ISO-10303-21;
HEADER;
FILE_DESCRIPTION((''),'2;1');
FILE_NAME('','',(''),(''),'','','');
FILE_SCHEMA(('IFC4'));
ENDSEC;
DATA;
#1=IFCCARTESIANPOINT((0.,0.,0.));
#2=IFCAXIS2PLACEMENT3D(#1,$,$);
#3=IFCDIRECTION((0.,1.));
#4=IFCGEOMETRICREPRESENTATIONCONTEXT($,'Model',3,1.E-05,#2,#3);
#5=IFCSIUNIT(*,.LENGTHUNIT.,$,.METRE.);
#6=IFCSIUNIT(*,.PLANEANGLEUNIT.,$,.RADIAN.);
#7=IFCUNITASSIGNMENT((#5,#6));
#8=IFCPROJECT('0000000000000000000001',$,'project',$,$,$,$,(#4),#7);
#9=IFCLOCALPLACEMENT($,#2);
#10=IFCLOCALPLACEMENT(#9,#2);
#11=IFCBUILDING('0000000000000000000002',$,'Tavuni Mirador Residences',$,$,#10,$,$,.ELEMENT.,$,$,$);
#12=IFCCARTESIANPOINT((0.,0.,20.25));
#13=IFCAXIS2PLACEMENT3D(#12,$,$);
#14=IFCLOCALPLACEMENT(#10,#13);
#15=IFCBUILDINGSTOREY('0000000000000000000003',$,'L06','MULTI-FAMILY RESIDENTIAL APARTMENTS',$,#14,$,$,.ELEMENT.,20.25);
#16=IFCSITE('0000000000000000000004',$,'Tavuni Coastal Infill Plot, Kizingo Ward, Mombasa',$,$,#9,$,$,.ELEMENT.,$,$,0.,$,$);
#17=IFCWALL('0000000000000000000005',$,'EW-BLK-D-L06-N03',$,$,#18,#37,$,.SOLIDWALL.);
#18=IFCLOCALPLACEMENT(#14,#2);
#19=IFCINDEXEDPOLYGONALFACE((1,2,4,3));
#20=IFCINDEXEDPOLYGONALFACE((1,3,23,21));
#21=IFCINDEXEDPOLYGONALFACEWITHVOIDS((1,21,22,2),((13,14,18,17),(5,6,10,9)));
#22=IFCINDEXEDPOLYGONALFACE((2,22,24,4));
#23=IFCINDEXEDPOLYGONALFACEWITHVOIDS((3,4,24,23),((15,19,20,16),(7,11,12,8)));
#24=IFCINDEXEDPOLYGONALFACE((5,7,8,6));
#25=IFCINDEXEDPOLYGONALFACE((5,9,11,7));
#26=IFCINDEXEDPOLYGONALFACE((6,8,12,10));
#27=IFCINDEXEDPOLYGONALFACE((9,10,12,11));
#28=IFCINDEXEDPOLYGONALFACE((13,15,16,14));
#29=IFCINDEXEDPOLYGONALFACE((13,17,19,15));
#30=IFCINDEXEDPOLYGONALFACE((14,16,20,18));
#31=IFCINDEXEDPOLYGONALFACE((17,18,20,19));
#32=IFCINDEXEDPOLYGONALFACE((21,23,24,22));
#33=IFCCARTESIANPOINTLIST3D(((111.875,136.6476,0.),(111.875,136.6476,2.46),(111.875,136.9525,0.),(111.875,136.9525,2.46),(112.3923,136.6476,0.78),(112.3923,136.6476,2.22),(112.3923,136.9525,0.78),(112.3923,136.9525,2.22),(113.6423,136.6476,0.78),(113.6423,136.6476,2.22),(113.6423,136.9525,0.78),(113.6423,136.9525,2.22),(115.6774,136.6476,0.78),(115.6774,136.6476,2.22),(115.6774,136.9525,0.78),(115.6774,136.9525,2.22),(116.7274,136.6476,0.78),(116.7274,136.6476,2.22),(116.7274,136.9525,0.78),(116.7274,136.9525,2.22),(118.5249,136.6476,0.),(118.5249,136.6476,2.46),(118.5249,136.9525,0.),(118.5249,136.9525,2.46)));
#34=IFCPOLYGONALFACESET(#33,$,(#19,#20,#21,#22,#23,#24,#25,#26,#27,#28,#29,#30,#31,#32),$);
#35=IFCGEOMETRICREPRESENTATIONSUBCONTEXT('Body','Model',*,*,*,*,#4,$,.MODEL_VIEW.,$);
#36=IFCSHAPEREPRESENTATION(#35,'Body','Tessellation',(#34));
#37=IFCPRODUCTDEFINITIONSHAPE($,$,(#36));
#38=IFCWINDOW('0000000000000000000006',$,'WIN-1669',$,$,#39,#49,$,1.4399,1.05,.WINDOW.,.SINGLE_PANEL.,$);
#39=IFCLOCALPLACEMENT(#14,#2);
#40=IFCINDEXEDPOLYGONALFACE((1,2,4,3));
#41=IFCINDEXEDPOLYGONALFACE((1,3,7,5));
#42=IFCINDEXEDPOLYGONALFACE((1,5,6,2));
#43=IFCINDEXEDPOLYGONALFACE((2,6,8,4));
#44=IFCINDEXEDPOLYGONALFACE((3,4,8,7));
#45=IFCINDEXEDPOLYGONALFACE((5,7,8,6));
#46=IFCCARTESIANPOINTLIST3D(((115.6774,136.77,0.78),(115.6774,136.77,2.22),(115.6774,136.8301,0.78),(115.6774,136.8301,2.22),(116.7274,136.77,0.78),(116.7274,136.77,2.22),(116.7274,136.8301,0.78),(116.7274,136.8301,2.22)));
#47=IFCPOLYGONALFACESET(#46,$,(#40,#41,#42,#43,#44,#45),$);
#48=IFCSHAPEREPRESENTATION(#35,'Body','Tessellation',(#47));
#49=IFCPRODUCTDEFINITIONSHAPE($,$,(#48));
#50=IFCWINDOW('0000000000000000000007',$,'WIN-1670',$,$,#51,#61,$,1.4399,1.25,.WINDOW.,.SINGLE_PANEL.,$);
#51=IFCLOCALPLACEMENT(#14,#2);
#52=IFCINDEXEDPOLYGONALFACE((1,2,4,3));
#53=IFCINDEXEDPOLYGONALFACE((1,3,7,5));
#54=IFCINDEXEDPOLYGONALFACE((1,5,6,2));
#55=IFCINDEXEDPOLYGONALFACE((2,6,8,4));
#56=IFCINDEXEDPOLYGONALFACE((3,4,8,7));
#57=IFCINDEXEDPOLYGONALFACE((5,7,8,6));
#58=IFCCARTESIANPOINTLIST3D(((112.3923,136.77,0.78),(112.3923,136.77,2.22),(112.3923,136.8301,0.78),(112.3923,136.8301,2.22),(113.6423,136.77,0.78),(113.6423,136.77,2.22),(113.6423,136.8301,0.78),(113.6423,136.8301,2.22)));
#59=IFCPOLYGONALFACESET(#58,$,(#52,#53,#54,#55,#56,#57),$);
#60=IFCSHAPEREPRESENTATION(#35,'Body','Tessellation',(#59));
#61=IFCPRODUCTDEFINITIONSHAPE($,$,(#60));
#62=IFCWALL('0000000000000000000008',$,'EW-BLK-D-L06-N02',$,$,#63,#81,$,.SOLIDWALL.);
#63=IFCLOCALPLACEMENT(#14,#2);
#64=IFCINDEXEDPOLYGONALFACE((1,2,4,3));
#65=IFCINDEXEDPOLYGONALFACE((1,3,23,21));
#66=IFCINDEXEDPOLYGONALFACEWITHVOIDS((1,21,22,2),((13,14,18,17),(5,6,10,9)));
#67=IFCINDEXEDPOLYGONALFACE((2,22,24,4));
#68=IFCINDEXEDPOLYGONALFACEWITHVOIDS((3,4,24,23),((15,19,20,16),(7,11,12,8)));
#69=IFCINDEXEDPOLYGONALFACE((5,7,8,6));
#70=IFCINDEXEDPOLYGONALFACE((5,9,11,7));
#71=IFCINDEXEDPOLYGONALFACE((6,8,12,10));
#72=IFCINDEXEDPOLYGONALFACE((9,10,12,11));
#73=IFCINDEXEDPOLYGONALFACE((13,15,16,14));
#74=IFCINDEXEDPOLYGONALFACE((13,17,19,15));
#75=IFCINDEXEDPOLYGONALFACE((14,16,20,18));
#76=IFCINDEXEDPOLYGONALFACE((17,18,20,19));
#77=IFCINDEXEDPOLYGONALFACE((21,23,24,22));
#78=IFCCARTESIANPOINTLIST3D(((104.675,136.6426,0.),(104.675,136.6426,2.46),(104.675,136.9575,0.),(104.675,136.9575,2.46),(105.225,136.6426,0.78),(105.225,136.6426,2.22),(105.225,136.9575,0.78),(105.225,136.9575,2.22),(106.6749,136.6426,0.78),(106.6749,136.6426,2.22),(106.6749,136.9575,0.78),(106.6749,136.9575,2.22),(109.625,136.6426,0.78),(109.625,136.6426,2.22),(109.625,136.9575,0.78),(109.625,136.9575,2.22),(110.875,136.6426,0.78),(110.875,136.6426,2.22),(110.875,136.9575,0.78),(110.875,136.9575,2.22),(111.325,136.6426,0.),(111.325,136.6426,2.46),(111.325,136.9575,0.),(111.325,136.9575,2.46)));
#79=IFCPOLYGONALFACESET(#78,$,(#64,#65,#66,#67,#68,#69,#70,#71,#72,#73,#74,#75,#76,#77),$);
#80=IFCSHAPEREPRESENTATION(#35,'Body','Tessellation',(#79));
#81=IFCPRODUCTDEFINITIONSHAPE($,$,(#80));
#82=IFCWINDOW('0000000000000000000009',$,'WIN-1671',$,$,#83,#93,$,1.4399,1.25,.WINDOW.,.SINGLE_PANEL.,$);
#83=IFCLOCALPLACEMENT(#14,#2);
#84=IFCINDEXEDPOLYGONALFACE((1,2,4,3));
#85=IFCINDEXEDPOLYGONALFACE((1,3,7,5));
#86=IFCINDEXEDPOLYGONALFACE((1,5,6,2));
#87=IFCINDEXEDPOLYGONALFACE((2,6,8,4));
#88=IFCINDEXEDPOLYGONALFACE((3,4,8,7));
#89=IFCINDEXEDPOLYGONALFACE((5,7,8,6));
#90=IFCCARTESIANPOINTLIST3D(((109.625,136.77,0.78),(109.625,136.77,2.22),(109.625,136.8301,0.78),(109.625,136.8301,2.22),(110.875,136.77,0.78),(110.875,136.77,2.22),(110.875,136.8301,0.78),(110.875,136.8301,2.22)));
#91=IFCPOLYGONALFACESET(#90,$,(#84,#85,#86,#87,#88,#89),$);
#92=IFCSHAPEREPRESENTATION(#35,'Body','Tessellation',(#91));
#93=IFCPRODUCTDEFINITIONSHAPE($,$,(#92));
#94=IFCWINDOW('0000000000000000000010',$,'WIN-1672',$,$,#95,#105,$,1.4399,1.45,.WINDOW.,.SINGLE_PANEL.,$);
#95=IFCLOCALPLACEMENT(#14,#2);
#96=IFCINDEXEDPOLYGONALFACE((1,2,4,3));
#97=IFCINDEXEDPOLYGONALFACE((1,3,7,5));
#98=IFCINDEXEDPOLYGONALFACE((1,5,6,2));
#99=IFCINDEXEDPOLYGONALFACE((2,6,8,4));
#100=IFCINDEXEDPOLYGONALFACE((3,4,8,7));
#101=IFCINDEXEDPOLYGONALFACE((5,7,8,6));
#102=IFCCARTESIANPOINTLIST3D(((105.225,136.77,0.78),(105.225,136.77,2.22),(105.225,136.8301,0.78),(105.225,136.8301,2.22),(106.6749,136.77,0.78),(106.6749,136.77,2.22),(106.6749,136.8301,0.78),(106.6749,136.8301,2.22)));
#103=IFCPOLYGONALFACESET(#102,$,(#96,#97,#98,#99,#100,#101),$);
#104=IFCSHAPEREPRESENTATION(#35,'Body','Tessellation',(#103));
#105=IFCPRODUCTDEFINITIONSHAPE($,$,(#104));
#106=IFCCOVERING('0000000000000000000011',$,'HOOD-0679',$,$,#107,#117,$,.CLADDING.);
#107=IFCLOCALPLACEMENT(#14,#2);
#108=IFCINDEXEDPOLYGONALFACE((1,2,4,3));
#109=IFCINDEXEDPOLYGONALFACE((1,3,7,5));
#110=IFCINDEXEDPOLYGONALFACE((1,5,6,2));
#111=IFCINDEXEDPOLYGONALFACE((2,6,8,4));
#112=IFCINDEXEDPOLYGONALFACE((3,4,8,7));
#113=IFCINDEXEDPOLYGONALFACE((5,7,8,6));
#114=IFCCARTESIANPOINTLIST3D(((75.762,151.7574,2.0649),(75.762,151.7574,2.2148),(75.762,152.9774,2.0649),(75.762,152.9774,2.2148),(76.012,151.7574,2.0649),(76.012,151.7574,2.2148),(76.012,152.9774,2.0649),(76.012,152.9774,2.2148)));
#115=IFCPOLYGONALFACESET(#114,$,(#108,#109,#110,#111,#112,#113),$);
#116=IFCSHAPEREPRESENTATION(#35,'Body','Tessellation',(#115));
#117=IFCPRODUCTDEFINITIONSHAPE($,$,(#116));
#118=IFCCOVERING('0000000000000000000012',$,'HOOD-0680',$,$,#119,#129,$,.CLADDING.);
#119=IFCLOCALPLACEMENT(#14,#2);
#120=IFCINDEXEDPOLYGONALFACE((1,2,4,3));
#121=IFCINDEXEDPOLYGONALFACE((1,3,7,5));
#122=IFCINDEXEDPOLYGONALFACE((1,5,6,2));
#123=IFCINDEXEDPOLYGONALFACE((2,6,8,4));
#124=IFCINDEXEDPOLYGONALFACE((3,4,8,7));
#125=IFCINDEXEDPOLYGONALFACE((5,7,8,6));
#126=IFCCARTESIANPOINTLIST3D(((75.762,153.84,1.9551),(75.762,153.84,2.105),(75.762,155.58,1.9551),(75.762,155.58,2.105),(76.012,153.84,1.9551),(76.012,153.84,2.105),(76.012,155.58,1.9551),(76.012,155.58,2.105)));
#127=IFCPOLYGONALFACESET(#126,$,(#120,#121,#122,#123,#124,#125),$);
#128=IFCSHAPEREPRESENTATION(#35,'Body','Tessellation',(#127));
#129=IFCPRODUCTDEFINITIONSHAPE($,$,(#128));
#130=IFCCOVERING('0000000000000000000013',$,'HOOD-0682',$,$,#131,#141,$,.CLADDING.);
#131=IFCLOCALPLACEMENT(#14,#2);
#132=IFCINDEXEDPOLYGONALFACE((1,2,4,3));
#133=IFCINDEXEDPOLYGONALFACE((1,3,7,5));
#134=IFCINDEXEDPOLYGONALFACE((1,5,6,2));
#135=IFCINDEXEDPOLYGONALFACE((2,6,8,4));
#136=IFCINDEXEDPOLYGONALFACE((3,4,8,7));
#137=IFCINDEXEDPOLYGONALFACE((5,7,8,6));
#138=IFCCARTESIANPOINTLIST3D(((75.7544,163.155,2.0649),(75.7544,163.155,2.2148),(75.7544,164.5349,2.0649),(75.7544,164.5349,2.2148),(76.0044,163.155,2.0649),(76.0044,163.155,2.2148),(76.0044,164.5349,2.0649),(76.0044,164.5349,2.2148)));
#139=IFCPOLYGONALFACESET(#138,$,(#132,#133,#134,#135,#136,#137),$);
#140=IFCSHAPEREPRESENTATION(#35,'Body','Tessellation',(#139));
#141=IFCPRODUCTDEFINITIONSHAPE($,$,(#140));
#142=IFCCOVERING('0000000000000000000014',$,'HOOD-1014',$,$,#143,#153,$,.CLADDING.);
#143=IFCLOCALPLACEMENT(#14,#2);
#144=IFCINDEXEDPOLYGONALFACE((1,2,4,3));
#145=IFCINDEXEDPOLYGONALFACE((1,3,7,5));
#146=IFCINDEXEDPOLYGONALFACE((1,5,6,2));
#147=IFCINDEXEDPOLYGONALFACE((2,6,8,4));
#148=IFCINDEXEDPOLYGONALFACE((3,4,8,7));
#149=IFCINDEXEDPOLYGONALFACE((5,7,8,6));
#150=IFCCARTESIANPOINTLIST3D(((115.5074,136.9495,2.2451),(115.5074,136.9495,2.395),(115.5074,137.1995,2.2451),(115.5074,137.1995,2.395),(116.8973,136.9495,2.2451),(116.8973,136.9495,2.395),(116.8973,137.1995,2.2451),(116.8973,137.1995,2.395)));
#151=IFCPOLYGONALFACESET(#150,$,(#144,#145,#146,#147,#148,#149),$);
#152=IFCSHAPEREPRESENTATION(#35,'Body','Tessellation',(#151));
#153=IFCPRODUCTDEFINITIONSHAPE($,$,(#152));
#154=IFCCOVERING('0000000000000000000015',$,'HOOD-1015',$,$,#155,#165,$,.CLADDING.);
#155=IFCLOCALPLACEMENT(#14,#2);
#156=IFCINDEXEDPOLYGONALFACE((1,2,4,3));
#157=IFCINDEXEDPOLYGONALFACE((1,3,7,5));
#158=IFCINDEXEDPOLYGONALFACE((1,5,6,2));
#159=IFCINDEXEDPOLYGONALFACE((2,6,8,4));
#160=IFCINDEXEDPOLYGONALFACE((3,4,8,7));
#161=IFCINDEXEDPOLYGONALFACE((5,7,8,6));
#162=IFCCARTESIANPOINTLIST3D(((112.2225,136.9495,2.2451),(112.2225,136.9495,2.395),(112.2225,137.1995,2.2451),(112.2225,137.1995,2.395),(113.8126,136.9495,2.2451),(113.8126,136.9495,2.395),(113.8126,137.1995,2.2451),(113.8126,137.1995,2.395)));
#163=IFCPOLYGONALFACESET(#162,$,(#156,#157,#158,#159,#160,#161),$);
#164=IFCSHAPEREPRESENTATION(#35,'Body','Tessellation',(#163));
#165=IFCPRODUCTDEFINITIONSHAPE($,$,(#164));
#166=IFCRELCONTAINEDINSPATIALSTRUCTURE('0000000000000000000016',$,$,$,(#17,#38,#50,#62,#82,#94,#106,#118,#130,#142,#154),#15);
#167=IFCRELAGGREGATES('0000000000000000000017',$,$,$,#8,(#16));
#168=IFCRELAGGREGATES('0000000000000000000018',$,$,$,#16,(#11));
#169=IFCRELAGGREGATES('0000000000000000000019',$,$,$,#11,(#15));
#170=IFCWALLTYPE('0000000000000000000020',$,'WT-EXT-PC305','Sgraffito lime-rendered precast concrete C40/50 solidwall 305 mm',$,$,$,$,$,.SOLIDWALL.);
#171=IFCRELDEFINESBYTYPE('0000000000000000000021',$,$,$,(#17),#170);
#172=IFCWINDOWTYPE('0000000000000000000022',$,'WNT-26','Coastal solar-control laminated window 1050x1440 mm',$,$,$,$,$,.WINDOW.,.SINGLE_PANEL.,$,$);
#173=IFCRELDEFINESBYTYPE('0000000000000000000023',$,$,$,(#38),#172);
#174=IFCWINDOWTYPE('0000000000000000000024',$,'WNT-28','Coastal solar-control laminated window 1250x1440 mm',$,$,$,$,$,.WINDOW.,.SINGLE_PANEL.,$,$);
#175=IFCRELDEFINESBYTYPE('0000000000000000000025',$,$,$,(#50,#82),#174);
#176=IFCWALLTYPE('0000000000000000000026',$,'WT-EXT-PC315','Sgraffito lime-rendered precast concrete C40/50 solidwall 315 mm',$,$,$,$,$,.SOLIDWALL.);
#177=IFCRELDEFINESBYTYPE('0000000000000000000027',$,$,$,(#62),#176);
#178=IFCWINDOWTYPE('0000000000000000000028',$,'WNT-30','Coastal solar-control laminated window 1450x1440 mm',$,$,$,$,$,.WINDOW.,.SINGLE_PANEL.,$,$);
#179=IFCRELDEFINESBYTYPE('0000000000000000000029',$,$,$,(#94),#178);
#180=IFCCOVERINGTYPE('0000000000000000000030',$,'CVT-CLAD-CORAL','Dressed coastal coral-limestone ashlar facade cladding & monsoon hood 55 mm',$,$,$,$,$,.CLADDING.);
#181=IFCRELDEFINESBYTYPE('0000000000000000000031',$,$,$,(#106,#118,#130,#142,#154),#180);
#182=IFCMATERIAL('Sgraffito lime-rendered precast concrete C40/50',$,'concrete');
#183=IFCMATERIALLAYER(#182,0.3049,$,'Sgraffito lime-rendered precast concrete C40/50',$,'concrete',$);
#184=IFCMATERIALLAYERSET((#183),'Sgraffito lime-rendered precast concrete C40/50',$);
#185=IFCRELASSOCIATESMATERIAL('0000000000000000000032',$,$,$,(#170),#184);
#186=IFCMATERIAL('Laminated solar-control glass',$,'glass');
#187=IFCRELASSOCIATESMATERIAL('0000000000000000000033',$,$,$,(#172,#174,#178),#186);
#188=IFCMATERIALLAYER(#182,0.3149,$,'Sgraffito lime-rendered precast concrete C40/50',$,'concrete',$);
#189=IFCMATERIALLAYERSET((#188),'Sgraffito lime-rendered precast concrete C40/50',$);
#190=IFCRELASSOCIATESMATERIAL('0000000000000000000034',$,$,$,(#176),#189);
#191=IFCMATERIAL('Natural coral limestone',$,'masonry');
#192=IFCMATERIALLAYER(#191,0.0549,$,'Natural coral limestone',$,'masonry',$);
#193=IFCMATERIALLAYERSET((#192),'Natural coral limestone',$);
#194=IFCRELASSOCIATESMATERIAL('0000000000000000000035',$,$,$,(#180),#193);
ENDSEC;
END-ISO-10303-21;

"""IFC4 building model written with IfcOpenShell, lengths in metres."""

from ifc_helpers import new_model, si_unit, direction, frame, frame_2d, origin, origin_2d, place, context, subcontext, project, spatial, rectangle, extrude, material, layer, layer_set, type_object, element, fill, save


model = new_model("IFC4")

# Units and contexts
model_context = context("Model", 3, precision=1e-05, world=origin(), true_north=direction((0.0, 1.0)))
body_context = subcontext(model_context, "Body", "Model", "MODEL_VIEW")
ifc_project = project(units=[si_unit("LENGTHUNIT", "METRE"), si_unit("PLANEANGLEUNIT", "RADIAN")], contexts=[model_context])

# Site, building, storey
site_placement = place(None, origin())
site = spatial("IfcSite", under=ifc_project, at=site_placement, Name="Tavuni Coastal Infill Plot, Kizingo Ward, Mombasa", CompositionType="ELEMENT", RefElevation=0.0)
building_placement = place(site_placement, origin())
building = spatial("IfcBuilding", under=site, at=building_placement, Name="Tavuni Mirador Residences", CompositionType="ELEMENT")
storey_placement = place(building_placement, frame((0.0, 0.0, 20.25)))
storey = spatial("IfcBuildingStorey", under=building, at=storey_placement, Name="L06", Description="MULTI-FAMILY RESIDENTIAL APARTMENTS", CompositionType="ELEMENT", Elevation=20.25)

# Walls, openings, windows
ifc_material_1 = material(Name="Laminated solar-control glass", Category="glass")
ifc_material_2 = material(Name="Sgraffito lime-rendered precast concrete C40/50", Category="concrete")
ifc_layer_1 = layer(ifc_material_2, 0.3049, Name="Sgraffito lime-rendered precast concrete C40/50", Category="concrete")
ifc_layer_set_1 = layer_set([ifc_layer_1], Name="Sgraffito lime-rendered precast concrete C40/50")
wall_type_1 = type_object("IfcWallType", Name="WT-EXT-PC305", Description="Sgraffito lime-rendered precast concrete C40/50 solidwall 305 mm", PredefinedType="SOLIDWALL", material=ifc_layer_set_1)
wall_1_placement = place(storey_placement, frame((118.5249, 136.8, 0.0), z_axis=(0.0, 0.0, 1.0), x_axis=(-1.0, 0.0, 0.0)))
wall_1 = element("IfcWall", 1, at=wall_1_placement, inside=storey, type_object=wall_type_1, Name="EW-BLK-D-L06-N03", PredefinedType="SOLIDWALL", context=body_context, shape_type="SweptSolid", body=[
    extrude(rectangle(XDim=6.6499, YDim=0.3049, at=frame_2d((3.325, 0.0))), origin(), (0.0, 0.0, 1.0), 2.46),
])
opening_1_placement = place(wall_1_placement, frame((1.7976, 0.0, 0.78)))
opening_1 = element("IfcOpeningElement", 2, at=opening_1_placement, cuts=wall_1, PredefinedType="OPENING", context=body_context, shape_type="SweptSolid", body=[
    extrude(rectangle(XDim=1.05, YDim=1.4399, at=frame_2d((0.5249, 0.72))), frame((0.0, 0.1626, 0.0), z_axis=(0.0, -1.0, 0.0), x_axis=(1.0, 0.0, 0.0)), (0.0, 0.0, 1.0), 0.325),
])
opening_2_placement = place(wall_1_placement, frame((4.8826, 0.0, 0.78)))
opening_2 = element("IfcOpeningElement", 3, at=opening_2_placement, cuts=wall_1, PredefinedType="OPENING", context=body_context, shape_type="SweptSolid", body=[
    extrude(rectangle(XDim=1.25, YDim=1.4399, at=frame_2d((0.625, 0.72))), frame((0.0, 0.1626, 0.0), z_axis=(0.0, -1.0, 0.0), x_axis=(1.0, 0.0, 0.0)), (0.0, 0.0, 1.0), 0.325),
])
window_type_1 = type_object("IfcWindowType", Name="WNT-26", Description="Coastal solar-control laminated window 1050x1440 mm", PartitioningType="SINGLE_PANEL", PredefinedType="WINDOW", material=ifc_material_1)
window_1_placement = place(opening_1_placement, origin())
window_1 = element("IfcWindow", 4, at=window_1_placement, inside=storey, type_object=window_type_1, Name="WIN-1669", OverallHeight=1.4399, OverallWidth=1.05, PartitioningType="SINGLE_PANEL", PredefinedType="WINDOW", context=body_context, shape_type="SweptSolid", body=[
    extrude(rectangle(XDim=1.05, YDim=1.4399, at=frame_2d((0.5249, 0.72))), frame((0.0, 0.03, 0.0), z_axis=(0.0, -1.0, 0.0), x_axis=(1.0, 0.0, 0.0)), (0.0, 0.0, 1.0), 0.0601),
])
fill(opening_1, window_1)
window_type_2 = type_object("IfcWindowType", Name="WNT-28", Description="Coastal solar-control laminated window 1250x1440 mm", PartitioningType="SINGLE_PANEL", PredefinedType="WINDOW", material=ifc_material_1)
window_2_placement = place(opening_2_placement, origin())
window_2 = element("IfcWindow", 5, at=window_2_placement, inside=storey, type_object=window_type_2, Name="WIN-1670", OverallHeight=1.4399, OverallWidth=1.25, PartitioningType="SINGLE_PANEL", PredefinedType="WINDOW", context=body_context, shape_type="SweptSolid", body=[
    extrude(rectangle(XDim=1.25, YDim=1.4399, at=frame_2d((0.625, 0.72))), frame((0.0, 0.03, 0.0), z_axis=(0.0, -1.0, 0.0), x_axis=(1.0, 0.0, 0.0)), (0.0, 0.0, 1.0), 0.0601),
])
fill(opening_2, window_2)
ifc_layer_2 = layer(ifc_material_2, 0.3149, Name="Sgraffito lime-rendered precast concrete C40/50", Category="concrete")
ifc_layer_set_2 = layer_set([ifc_layer_2], Name="Sgraffito lime-rendered precast concrete C40/50")
wall_type_2 = type_object("IfcWallType", Name="WT-EXT-PC315", Description="Sgraffito lime-rendered precast concrete C40/50 solidwall 315 mm", PredefinedType="SOLIDWALL", material=ifc_layer_set_2)
wall_2_placement = place(storey_placement, frame((111.325, 136.8, 0.0), z_axis=(0.0, 0.0, 1.0), x_axis=(-1.0, 0.0, 0.0)))
wall_2 = element("IfcWall", 6, at=wall_2_placement, inside=storey, type_object=wall_type_2, Name="EW-BLK-D-L06-N02", PredefinedType="SOLIDWALL", context=body_context, shape_type="SweptSolid", body=[
    extrude(rectangle(XDim=6.6499, YDim=0.3149, at=frame_2d((3.325, 0.0))), origin(), (0.0, 0.0, 1.0), 2.46),
])
opening_3_placement = place(wall_2_placement, frame((0.45, 0.0, 0.78)))
opening_3 = element("IfcOpeningElement", 7, at=opening_3_placement, cuts=wall_2, PredefinedType="OPENING", context=body_context, shape_type="SweptSolid", body=[
    extrude(rectangle(XDim=1.25, YDim=1.4399, at=frame_2d((0.625, 0.72))), frame((0.0, 0.1675, 0.0), z_axis=(0.0, -1.0, 0.0), x_axis=(1.0, 0.0, 0.0)), (0.0, 0.0, 1.0), 0.335),
])
opening_4_placement = place(wall_2_placement, frame((4.6499, 0.0, 0.78)))
opening_4 = element("IfcOpeningElement", 8, at=opening_4_placement, cuts=wall_2, PredefinedType="OPENING", context=body_context, shape_type="SweptSolid", body=[
    extrude(rectangle(XDim=1.45, YDim=1.4399, at=frame_2d((0.7251, 0.72))), frame((0.0, 0.1675, 0.0), z_axis=(0.0, -1.0, 0.0), x_axis=(1.0, 0.0, 0.0)), (0.0, 0.0, 1.0), 0.335),
])
window_3_placement = place(opening_3_placement, origin())
window_3 = element("IfcWindow", 9, at=window_3_placement, inside=storey, type_object=window_type_2, Name="WIN-1671", OverallHeight=1.4399, OverallWidth=1.25, PartitioningType="SINGLE_PANEL", PredefinedType="WINDOW", context=body_context, shape_type="SweptSolid", body=[
    extrude(rectangle(XDim=1.25, YDim=1.4399, at=frame_2d((0.625, 0.72))), frame((0.0, 0.03, 0.0), z_axis=(0.0, -1.0, 0.0), x_axis=(1.0, 0.0, 0.0)), (0.0, 0.0, 1.0), 0.0601),
])
fill(opening_3, window_3)
window_type_3 = type_object("IfcWindowType", Name="WNT-30", Description="Coastal solar-control laminated window 1450x1440 mm", PartitioningType="SINGLE_PANEL", PredefinedType="WINDOW", material=ifc_material_1)
window_4_placement = place(opening_4_placement, origin())
window_4 = element("IfcWindow", 10, at=window_4_placement, inside=storey, type_object=window_type_3, Name="WIN-1672", OverallHeight=1.4399, OverallWidth=1.45, PartitioningType="SINGLE_PANEL", PredefinedType="WINDOW", context=body_context, shape_type="SweptSolid", body=[
    extrude(rectangle(XDim=1.45, YDim=1.4399, at=frame_2d((0.7251, 0.72))), frame((0.0, 0.03, 0.0), z_axis=(0.0, -1.0, 0.0), x_axis=(1.0, 0.0, 0.0)), (0.0, 0.0, 1.0), 0.0601),
])
fill(opening_4, window_4)

# Coverings
ifc_material_3 = material(Name="Natural coral limestone", Category="masonry")
ifc_layer_3 = layer(ifc_material_3, 0.0549, Name="Natural coral limestone", Category="masonry")
ifc_layer_set_3 = layer_set([ifc_layer_3], Name="Natural coral limestone")
covering_type = type_object("IfcCoveringType", Name="CVT-CLAD-CORAL", Description="Dressed coastal coral-limestone ashlar facade cladding & monsoon hood 55 mm", PredefinedType="CLADDING", material=ifc_layer_set_3)
covering_1_placement = place(storey_placement, frame((75.887, 152.3674, 2.0649), z_axis=(0.0, 0.0, 1.0), x_axis=(0.0, 1.0, 0.0)))
element("IfcCovering", 11, at=covering_1_placement, inside=storey, type_object=covering_type, Name="HOOD-0679", PredefinedType="CLADDING", context=body_context, shape_type="SweptSolid", body=[
    extrude(rectangle(XDim=1.22, YDim=0.25, at=origin_2d()), origin(), (0.0, 0.0, 1.0), 0.1499),
])
covering_2_placement = place(storey_placement, frame((75.887, 154.71, 1.9551), z_axis=(0.0, 0.0, 1.0), x_axis=(0.0, 1.0, 0.0)))
element("IfcCovering", 12, at=covering_2_placement, inside=storey, type_object=covering_type, Name="HOOD-0680", PredefinedType="CLADDING", context=body_context, shape_type="SweptSolid", body=[
    extrude(rectangle(XDim=1.74, YDim=0.25, at=origin_2d()), origin(), (0.0, 0.0, 1.0), 0.1499),
])
covering_3_placement = place(storey_placement, frame((75.8794, 163.845, 2.0649), z_axis=(0.0, 0.0, 1.0), x_axis=(0.0, 1.0, 0.0)))
element("IfcCovering", 13, at=covering_3_placement, inside=storey, type_object=covering_type, Name="HOOD-0682", PredefinedType="CLADDING", context=body_context, shape_type="SweptSolid", body=[
    extrude(rectangle(XDim=1.3799, YDim=0.25, at=origin_2d()), origin(), (0.0, 0.0, 1.0), 0.1499),
])
covering_4_placement = place(storey_placement, frame((116.2024, 137.0745, 2.2451), z_axis=(0.0, 0.0, 1.0), x_axis=(-1.0, 0.0, 0.0)))
element("IfcCovering", 14, at=covering_4_placement, inside=storey, type_object=covering_type, Name="HOOD-1014", PredefinedType="CLADDING", context=body_context, shape_type="SweptSolid", body=[
    extrude(rectangle(XDim=1.3899, YDim=0.25, at=origin_2d()), origin(), (0.0, 0.0, 1.0), 0.1499),
])
for number, where, z_axis, x_axis, name in (
    (15, (113.0176, 137.0745, 2.2451), (0.0, 0.0, 1.0), (-1.0, 0.0, 0.0), "HOOD-1015"),
):
    element("IfcCovering", number, at=place(storey_placement, frame(where, z_axis=z_axis, x_axis=x_axis)), inside=storey, type_object=covering_type, Name=name, PredefinedType="CLADDING", context=body_context, shape_type="SweptSolid", body=[
        extrude(rectangle(XDim=1.5901, YDim=0.25, at=origin_2d()), origin(), (0.0, 0.0, 1.0), 0.1499),
    ])

save(model, "model.ifc")
